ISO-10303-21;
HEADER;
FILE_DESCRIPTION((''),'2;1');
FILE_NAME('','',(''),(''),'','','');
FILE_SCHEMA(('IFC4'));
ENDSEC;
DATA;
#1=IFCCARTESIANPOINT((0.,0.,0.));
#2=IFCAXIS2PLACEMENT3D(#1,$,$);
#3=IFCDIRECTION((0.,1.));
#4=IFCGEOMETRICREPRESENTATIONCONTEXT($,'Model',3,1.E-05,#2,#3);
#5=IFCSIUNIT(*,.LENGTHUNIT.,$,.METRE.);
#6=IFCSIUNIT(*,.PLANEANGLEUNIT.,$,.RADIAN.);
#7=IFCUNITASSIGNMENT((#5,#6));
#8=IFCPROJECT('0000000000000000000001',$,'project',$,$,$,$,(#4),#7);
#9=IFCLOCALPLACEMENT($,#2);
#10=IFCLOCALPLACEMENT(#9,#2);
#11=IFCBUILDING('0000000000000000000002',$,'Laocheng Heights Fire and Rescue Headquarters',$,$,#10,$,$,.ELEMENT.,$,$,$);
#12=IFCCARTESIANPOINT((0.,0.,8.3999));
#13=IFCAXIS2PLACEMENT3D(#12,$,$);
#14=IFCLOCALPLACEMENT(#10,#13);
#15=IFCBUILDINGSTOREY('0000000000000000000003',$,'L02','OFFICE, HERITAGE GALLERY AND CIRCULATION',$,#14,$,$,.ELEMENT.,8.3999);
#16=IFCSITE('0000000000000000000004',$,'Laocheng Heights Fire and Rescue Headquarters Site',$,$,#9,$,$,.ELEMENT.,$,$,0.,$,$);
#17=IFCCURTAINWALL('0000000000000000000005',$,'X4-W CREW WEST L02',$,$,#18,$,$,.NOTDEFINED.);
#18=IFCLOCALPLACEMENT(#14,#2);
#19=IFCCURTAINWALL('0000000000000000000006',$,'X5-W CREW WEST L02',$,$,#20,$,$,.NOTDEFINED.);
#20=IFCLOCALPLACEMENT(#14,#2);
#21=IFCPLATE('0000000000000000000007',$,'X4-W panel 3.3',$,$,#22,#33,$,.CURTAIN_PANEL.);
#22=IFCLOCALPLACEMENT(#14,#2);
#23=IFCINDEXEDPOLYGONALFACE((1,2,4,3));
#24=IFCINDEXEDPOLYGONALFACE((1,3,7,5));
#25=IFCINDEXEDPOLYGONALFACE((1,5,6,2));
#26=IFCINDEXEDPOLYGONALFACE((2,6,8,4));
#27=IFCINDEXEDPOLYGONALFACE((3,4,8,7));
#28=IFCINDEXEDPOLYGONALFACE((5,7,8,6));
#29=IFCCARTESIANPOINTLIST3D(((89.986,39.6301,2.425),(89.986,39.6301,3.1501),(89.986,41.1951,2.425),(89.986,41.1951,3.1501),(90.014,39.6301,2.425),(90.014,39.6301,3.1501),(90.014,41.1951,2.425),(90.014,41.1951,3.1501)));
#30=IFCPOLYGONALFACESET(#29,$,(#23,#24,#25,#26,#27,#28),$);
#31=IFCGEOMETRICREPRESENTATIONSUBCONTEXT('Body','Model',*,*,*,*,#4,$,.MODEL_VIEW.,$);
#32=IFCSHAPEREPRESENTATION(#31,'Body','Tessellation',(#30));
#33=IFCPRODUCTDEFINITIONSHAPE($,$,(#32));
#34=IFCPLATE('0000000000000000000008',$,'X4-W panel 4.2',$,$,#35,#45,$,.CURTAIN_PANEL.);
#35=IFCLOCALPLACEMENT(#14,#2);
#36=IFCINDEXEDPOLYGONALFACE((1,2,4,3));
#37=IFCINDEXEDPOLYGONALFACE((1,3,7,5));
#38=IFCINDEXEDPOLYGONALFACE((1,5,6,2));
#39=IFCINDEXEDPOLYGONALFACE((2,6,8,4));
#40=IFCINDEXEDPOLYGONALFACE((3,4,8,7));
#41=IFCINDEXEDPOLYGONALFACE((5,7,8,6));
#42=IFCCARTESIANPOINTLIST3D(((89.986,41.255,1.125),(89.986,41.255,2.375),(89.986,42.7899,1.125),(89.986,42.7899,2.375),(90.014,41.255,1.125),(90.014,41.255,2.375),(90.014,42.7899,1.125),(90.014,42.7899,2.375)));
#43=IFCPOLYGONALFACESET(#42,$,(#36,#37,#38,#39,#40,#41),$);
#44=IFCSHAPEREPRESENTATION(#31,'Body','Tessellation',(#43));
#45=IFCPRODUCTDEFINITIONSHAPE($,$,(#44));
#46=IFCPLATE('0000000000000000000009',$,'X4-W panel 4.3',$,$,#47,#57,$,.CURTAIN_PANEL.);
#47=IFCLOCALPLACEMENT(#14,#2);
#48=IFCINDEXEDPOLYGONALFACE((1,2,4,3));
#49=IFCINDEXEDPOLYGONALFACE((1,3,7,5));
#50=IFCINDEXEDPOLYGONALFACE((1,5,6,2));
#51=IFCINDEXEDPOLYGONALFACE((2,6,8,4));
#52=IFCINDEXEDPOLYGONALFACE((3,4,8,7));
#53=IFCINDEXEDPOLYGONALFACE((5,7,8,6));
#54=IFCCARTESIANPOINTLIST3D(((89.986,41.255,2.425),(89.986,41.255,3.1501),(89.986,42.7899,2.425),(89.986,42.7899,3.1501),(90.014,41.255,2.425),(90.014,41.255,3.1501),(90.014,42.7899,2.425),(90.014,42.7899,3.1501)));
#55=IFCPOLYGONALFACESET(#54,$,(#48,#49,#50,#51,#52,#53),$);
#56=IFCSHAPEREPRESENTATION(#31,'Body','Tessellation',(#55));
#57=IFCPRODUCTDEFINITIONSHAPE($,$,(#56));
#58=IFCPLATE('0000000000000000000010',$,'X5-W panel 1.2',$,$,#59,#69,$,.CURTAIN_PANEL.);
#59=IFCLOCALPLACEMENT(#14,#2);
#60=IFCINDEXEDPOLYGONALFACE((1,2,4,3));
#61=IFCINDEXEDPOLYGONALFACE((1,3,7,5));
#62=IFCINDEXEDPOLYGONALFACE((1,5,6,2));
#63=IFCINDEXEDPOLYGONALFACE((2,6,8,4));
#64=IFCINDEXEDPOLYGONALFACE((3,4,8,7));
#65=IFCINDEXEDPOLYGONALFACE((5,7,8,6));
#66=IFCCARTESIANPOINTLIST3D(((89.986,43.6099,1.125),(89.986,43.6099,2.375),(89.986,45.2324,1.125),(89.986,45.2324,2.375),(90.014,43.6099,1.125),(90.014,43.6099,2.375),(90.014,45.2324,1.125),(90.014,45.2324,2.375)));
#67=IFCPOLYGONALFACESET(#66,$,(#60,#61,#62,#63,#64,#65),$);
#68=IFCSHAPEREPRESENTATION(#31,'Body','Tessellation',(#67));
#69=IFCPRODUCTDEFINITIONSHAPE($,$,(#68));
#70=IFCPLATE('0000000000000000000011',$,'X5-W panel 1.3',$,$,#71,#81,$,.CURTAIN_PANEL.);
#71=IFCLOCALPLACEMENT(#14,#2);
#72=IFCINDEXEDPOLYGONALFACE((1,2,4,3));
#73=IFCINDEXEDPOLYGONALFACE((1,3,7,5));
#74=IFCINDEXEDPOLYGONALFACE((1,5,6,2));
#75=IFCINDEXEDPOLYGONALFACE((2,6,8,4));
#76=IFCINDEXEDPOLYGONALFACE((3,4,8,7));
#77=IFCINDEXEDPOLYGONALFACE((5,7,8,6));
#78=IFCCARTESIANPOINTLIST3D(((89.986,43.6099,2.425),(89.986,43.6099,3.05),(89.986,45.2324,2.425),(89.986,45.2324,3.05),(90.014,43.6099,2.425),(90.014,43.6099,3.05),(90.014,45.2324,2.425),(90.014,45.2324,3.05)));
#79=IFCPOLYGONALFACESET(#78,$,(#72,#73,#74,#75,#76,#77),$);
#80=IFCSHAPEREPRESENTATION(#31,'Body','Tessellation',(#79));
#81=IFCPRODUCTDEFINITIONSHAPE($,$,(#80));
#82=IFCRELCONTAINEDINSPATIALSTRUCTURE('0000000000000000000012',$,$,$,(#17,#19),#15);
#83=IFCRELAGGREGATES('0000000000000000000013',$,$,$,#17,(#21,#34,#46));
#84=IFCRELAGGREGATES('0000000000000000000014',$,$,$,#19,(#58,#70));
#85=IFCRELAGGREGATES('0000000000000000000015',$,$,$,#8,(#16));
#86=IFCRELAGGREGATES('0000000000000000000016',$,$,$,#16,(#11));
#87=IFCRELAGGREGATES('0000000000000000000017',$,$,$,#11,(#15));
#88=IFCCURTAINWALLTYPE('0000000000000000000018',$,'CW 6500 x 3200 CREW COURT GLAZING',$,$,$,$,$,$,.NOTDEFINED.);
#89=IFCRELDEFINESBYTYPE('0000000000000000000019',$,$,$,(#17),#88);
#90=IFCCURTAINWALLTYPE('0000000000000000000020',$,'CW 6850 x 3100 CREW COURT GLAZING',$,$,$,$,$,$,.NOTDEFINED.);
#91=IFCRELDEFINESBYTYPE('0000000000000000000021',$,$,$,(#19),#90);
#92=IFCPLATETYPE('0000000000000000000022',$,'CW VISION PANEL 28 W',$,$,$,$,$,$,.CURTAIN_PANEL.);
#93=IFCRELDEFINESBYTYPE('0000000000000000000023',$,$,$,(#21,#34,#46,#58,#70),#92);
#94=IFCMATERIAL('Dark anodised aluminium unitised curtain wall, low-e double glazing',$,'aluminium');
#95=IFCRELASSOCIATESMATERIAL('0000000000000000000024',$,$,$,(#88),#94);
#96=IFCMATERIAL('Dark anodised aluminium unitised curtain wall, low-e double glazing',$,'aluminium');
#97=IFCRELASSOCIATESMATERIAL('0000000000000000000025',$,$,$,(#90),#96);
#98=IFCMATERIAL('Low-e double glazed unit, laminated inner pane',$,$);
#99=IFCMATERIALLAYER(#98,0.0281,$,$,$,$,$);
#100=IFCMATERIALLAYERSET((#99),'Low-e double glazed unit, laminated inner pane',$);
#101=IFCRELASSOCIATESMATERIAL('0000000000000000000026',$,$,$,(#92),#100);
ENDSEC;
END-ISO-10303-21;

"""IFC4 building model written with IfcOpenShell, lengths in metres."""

from ifc_helpers import new_model, si_unit, direction, frame, origin, origin_2d, place, context, subcontext, project, spatial, rectangle, extrude, material, layer, layer_set, type_object, element, aggregate, save


model = new_model("IFC4")

# Units and contexts
model_context = context("Model", 3, precision=1e-05, world=origin(), true_north=direction((0.0, 1.0)))
body_context = subcontext(model_context, "Body", "Model", "MODEL_VIEW")
ifc_project = project(units=[si_unit("LENGTHUNIT", "METRE"), si_unit("PLANEANGLEUNIT", "RADIAN")], contexts=[model_context])

# Site, building, storey
site_placement = place(None, origin())
site = spatial("IfcSite", under=ifc_project, at=site_placement, Name="Laocheng Heights Fire and Rescue Headquarters Site", CompositionType="ELEMENT", RefElevation=0.0)
building_placement = place(site_placement, origin())
building = spatial("IfcBuilding", under=site, at=building_placement, Name="Laocheng Heights Fire and Rescue Headquarters", CompositionType="ELEMENT")
storey_placement = place(building_placement, frame((0.0, 0.0, 8.3999)))
storey = spatial("IfcBuildingStorey", under=building, at=storey_placement, Name="L02", Description="OFFICE, HERITAGE GALLERY AND CIRCULATION", CompositionType="ELEMENT", Elevation=8.3999)

# Curtain walls
ifc_material_1 = material(Name="Dark anodised aluminium unitised curtain wall, low-e double glazing", Category="aluminium")
curtain_wall_type_1 = type_object("IfcCurtainWallType", Name="CW 6500 x 3200 CREW COURT GLAZING", PredefinedType="NOTDEFINED", material=ifc_material_1)
curtain_wall_1_placement = place(storey_placement, origin())
curtain_wall_1 = element("IfcCurtainWall", 1, at=curtain_wall_1_placement, inside=storey, type_object=curtain_wall_type_1, Name="X4-W CREW WEST L02", PredefinedType="NOTDEFINED")
ifc_material_2 = material(Name="Dark anodised aluminium unitised curtain wall, low-e double glazing", Category="aluminium")
curtain_wall_type_2 = type_object("IfcCurtainWallType", Name="CW 6850 x 3100 CREW COURT GLAZING", PredefinedType="NOTDEFINED", material=ifc_material_2)
curtain_wall_2_placement = place(storey_placement, origin())
curtain_wall_2 = element("IfcCurtainWall", 2, at=curtain_wall_2_placement, inside=storey, type_object=curtain_wall_type_2, Name="X5-W CREW WEST L02", PredefinedType="NOTDEFINED")

# Plates
ifc_material_3 = material(Name="Low-e double glazed unit, laminated inner pane")
ifc_layer_1 = layer(ifc_material_3, 0.0281)
ifc_layer_set_1 = layer_set([ifc_layer_1], Name="Low-e double glazed unit, laminated inner pane")
plate_type_1 = type_object("IfcPlateType", Name="CW VISION PANEL 28 W", PredefinedType="CURTAIN_PANEL", material=ifc_layer_set_1)
plate_1_placement = place(storey_placement, frame((90.0, 40.4126, 2.425), z_axis=(0.0, 0.0, 1.0), x_axis=(0.0, 1.0, 0.0)))
plate_1 = element("IfcPlate", 3, at=plate_1_placement, type_object=plate_type_1, Name="X4-W panel 3.3", PredefinedType="CURTAIN_PANEL", context=body_context, shape_type="SweptSolid", body=[
    extrude(rectangle(XDim=1.5649, YDim=0.0281, at=origin_2d()), origin(), (0.0, 0.0, 1.0), 0.7251),
])
plate_2_placement = place(storey_placement, frame((90.0, 42.0225, 1.125), z_axis=(0.0, 0.0, 1.0), x_axis=(0.0, 1.0, 0.0)))
plate_2 = element("IfcPlate", 4, at=plate_2_placement, type_object=plate_type_1, Name="X4-W panel 4.2", PredefinedType="CURTAIN_PANEL", context=body_context, shape_type="SweptSolid", body=[
    extrude(rectangle(XDim=1.5349, YDim=0.0281, at=origin_2d()), origin(), (0.0, 0.0, 1.0), 1.25),
])
plate_3_placement = place(storey_placement, frame((90.0, 42.0225, 2.425), z_axis=(0.0, 0.0, 1.0), x_axis=(0.0, 1.0, 0.0)))
plate_3 = element("IfcPlate", 5, at=plate_3_placement, type_object=plate_type_1, Name="X4-W panel 4.3", PredefinedType="CURTAIN_PANEL", context=body_context, shape_type="SweptSolid", body=[
    extrude(rectangle(XDim=1.5349, YDim=0.0281, at=origin_2d()), origin(), (0.0, 0.0, 1.0), 0.7251),
])
aggregate(curtain_wall_1, [plate_1, plate_2, plate_3])
plate_4_placement = place(storey_placement, frame((90.0, 44.4211, 1.125), z_axis=(0.0, 0.0, 1.0), x_axis=(0.0, 1.0, 0.0)))
plate_4 = element("IfcPlate", 6, at=plate_4_placement, type_object=plate_type_1, Name="X5-W panel 1.2", PredefinedType="CURTAIN_PANEL", context=body_context, shape_type="SweptSolid", body=[
    extrude(rectangle(XDim=1.6226, YDim=0.0281, at=origin_2d()), origin(), (0.0, 0.0, 1.0), 1.25),
])
plate_5_placement = place(storey_placement, frame((90.0, 44.4211, 2.425), z_axis=(0.0, 0.0, 1.0), x_axis=(0.0, 1.0, 0.0)))
plate_5 = element("IfcPlate", 7, at=plate_5_placement, type_object=plate_type_1, Name="X5-W panel 1.3", PredefinedType="CURTAIN_PANEL", context=body_context, shape_type="SweptSolid", body=[
    extrude(rectangle(XDim=1.6226, YDim=0.0281, at=origin_2d()), origin(), (0.0, 0.0, 1.0), 0.625),
])
aggregate(curtain_wall_2, [plate_4, plate_5])

save(model, "model.ifc")
